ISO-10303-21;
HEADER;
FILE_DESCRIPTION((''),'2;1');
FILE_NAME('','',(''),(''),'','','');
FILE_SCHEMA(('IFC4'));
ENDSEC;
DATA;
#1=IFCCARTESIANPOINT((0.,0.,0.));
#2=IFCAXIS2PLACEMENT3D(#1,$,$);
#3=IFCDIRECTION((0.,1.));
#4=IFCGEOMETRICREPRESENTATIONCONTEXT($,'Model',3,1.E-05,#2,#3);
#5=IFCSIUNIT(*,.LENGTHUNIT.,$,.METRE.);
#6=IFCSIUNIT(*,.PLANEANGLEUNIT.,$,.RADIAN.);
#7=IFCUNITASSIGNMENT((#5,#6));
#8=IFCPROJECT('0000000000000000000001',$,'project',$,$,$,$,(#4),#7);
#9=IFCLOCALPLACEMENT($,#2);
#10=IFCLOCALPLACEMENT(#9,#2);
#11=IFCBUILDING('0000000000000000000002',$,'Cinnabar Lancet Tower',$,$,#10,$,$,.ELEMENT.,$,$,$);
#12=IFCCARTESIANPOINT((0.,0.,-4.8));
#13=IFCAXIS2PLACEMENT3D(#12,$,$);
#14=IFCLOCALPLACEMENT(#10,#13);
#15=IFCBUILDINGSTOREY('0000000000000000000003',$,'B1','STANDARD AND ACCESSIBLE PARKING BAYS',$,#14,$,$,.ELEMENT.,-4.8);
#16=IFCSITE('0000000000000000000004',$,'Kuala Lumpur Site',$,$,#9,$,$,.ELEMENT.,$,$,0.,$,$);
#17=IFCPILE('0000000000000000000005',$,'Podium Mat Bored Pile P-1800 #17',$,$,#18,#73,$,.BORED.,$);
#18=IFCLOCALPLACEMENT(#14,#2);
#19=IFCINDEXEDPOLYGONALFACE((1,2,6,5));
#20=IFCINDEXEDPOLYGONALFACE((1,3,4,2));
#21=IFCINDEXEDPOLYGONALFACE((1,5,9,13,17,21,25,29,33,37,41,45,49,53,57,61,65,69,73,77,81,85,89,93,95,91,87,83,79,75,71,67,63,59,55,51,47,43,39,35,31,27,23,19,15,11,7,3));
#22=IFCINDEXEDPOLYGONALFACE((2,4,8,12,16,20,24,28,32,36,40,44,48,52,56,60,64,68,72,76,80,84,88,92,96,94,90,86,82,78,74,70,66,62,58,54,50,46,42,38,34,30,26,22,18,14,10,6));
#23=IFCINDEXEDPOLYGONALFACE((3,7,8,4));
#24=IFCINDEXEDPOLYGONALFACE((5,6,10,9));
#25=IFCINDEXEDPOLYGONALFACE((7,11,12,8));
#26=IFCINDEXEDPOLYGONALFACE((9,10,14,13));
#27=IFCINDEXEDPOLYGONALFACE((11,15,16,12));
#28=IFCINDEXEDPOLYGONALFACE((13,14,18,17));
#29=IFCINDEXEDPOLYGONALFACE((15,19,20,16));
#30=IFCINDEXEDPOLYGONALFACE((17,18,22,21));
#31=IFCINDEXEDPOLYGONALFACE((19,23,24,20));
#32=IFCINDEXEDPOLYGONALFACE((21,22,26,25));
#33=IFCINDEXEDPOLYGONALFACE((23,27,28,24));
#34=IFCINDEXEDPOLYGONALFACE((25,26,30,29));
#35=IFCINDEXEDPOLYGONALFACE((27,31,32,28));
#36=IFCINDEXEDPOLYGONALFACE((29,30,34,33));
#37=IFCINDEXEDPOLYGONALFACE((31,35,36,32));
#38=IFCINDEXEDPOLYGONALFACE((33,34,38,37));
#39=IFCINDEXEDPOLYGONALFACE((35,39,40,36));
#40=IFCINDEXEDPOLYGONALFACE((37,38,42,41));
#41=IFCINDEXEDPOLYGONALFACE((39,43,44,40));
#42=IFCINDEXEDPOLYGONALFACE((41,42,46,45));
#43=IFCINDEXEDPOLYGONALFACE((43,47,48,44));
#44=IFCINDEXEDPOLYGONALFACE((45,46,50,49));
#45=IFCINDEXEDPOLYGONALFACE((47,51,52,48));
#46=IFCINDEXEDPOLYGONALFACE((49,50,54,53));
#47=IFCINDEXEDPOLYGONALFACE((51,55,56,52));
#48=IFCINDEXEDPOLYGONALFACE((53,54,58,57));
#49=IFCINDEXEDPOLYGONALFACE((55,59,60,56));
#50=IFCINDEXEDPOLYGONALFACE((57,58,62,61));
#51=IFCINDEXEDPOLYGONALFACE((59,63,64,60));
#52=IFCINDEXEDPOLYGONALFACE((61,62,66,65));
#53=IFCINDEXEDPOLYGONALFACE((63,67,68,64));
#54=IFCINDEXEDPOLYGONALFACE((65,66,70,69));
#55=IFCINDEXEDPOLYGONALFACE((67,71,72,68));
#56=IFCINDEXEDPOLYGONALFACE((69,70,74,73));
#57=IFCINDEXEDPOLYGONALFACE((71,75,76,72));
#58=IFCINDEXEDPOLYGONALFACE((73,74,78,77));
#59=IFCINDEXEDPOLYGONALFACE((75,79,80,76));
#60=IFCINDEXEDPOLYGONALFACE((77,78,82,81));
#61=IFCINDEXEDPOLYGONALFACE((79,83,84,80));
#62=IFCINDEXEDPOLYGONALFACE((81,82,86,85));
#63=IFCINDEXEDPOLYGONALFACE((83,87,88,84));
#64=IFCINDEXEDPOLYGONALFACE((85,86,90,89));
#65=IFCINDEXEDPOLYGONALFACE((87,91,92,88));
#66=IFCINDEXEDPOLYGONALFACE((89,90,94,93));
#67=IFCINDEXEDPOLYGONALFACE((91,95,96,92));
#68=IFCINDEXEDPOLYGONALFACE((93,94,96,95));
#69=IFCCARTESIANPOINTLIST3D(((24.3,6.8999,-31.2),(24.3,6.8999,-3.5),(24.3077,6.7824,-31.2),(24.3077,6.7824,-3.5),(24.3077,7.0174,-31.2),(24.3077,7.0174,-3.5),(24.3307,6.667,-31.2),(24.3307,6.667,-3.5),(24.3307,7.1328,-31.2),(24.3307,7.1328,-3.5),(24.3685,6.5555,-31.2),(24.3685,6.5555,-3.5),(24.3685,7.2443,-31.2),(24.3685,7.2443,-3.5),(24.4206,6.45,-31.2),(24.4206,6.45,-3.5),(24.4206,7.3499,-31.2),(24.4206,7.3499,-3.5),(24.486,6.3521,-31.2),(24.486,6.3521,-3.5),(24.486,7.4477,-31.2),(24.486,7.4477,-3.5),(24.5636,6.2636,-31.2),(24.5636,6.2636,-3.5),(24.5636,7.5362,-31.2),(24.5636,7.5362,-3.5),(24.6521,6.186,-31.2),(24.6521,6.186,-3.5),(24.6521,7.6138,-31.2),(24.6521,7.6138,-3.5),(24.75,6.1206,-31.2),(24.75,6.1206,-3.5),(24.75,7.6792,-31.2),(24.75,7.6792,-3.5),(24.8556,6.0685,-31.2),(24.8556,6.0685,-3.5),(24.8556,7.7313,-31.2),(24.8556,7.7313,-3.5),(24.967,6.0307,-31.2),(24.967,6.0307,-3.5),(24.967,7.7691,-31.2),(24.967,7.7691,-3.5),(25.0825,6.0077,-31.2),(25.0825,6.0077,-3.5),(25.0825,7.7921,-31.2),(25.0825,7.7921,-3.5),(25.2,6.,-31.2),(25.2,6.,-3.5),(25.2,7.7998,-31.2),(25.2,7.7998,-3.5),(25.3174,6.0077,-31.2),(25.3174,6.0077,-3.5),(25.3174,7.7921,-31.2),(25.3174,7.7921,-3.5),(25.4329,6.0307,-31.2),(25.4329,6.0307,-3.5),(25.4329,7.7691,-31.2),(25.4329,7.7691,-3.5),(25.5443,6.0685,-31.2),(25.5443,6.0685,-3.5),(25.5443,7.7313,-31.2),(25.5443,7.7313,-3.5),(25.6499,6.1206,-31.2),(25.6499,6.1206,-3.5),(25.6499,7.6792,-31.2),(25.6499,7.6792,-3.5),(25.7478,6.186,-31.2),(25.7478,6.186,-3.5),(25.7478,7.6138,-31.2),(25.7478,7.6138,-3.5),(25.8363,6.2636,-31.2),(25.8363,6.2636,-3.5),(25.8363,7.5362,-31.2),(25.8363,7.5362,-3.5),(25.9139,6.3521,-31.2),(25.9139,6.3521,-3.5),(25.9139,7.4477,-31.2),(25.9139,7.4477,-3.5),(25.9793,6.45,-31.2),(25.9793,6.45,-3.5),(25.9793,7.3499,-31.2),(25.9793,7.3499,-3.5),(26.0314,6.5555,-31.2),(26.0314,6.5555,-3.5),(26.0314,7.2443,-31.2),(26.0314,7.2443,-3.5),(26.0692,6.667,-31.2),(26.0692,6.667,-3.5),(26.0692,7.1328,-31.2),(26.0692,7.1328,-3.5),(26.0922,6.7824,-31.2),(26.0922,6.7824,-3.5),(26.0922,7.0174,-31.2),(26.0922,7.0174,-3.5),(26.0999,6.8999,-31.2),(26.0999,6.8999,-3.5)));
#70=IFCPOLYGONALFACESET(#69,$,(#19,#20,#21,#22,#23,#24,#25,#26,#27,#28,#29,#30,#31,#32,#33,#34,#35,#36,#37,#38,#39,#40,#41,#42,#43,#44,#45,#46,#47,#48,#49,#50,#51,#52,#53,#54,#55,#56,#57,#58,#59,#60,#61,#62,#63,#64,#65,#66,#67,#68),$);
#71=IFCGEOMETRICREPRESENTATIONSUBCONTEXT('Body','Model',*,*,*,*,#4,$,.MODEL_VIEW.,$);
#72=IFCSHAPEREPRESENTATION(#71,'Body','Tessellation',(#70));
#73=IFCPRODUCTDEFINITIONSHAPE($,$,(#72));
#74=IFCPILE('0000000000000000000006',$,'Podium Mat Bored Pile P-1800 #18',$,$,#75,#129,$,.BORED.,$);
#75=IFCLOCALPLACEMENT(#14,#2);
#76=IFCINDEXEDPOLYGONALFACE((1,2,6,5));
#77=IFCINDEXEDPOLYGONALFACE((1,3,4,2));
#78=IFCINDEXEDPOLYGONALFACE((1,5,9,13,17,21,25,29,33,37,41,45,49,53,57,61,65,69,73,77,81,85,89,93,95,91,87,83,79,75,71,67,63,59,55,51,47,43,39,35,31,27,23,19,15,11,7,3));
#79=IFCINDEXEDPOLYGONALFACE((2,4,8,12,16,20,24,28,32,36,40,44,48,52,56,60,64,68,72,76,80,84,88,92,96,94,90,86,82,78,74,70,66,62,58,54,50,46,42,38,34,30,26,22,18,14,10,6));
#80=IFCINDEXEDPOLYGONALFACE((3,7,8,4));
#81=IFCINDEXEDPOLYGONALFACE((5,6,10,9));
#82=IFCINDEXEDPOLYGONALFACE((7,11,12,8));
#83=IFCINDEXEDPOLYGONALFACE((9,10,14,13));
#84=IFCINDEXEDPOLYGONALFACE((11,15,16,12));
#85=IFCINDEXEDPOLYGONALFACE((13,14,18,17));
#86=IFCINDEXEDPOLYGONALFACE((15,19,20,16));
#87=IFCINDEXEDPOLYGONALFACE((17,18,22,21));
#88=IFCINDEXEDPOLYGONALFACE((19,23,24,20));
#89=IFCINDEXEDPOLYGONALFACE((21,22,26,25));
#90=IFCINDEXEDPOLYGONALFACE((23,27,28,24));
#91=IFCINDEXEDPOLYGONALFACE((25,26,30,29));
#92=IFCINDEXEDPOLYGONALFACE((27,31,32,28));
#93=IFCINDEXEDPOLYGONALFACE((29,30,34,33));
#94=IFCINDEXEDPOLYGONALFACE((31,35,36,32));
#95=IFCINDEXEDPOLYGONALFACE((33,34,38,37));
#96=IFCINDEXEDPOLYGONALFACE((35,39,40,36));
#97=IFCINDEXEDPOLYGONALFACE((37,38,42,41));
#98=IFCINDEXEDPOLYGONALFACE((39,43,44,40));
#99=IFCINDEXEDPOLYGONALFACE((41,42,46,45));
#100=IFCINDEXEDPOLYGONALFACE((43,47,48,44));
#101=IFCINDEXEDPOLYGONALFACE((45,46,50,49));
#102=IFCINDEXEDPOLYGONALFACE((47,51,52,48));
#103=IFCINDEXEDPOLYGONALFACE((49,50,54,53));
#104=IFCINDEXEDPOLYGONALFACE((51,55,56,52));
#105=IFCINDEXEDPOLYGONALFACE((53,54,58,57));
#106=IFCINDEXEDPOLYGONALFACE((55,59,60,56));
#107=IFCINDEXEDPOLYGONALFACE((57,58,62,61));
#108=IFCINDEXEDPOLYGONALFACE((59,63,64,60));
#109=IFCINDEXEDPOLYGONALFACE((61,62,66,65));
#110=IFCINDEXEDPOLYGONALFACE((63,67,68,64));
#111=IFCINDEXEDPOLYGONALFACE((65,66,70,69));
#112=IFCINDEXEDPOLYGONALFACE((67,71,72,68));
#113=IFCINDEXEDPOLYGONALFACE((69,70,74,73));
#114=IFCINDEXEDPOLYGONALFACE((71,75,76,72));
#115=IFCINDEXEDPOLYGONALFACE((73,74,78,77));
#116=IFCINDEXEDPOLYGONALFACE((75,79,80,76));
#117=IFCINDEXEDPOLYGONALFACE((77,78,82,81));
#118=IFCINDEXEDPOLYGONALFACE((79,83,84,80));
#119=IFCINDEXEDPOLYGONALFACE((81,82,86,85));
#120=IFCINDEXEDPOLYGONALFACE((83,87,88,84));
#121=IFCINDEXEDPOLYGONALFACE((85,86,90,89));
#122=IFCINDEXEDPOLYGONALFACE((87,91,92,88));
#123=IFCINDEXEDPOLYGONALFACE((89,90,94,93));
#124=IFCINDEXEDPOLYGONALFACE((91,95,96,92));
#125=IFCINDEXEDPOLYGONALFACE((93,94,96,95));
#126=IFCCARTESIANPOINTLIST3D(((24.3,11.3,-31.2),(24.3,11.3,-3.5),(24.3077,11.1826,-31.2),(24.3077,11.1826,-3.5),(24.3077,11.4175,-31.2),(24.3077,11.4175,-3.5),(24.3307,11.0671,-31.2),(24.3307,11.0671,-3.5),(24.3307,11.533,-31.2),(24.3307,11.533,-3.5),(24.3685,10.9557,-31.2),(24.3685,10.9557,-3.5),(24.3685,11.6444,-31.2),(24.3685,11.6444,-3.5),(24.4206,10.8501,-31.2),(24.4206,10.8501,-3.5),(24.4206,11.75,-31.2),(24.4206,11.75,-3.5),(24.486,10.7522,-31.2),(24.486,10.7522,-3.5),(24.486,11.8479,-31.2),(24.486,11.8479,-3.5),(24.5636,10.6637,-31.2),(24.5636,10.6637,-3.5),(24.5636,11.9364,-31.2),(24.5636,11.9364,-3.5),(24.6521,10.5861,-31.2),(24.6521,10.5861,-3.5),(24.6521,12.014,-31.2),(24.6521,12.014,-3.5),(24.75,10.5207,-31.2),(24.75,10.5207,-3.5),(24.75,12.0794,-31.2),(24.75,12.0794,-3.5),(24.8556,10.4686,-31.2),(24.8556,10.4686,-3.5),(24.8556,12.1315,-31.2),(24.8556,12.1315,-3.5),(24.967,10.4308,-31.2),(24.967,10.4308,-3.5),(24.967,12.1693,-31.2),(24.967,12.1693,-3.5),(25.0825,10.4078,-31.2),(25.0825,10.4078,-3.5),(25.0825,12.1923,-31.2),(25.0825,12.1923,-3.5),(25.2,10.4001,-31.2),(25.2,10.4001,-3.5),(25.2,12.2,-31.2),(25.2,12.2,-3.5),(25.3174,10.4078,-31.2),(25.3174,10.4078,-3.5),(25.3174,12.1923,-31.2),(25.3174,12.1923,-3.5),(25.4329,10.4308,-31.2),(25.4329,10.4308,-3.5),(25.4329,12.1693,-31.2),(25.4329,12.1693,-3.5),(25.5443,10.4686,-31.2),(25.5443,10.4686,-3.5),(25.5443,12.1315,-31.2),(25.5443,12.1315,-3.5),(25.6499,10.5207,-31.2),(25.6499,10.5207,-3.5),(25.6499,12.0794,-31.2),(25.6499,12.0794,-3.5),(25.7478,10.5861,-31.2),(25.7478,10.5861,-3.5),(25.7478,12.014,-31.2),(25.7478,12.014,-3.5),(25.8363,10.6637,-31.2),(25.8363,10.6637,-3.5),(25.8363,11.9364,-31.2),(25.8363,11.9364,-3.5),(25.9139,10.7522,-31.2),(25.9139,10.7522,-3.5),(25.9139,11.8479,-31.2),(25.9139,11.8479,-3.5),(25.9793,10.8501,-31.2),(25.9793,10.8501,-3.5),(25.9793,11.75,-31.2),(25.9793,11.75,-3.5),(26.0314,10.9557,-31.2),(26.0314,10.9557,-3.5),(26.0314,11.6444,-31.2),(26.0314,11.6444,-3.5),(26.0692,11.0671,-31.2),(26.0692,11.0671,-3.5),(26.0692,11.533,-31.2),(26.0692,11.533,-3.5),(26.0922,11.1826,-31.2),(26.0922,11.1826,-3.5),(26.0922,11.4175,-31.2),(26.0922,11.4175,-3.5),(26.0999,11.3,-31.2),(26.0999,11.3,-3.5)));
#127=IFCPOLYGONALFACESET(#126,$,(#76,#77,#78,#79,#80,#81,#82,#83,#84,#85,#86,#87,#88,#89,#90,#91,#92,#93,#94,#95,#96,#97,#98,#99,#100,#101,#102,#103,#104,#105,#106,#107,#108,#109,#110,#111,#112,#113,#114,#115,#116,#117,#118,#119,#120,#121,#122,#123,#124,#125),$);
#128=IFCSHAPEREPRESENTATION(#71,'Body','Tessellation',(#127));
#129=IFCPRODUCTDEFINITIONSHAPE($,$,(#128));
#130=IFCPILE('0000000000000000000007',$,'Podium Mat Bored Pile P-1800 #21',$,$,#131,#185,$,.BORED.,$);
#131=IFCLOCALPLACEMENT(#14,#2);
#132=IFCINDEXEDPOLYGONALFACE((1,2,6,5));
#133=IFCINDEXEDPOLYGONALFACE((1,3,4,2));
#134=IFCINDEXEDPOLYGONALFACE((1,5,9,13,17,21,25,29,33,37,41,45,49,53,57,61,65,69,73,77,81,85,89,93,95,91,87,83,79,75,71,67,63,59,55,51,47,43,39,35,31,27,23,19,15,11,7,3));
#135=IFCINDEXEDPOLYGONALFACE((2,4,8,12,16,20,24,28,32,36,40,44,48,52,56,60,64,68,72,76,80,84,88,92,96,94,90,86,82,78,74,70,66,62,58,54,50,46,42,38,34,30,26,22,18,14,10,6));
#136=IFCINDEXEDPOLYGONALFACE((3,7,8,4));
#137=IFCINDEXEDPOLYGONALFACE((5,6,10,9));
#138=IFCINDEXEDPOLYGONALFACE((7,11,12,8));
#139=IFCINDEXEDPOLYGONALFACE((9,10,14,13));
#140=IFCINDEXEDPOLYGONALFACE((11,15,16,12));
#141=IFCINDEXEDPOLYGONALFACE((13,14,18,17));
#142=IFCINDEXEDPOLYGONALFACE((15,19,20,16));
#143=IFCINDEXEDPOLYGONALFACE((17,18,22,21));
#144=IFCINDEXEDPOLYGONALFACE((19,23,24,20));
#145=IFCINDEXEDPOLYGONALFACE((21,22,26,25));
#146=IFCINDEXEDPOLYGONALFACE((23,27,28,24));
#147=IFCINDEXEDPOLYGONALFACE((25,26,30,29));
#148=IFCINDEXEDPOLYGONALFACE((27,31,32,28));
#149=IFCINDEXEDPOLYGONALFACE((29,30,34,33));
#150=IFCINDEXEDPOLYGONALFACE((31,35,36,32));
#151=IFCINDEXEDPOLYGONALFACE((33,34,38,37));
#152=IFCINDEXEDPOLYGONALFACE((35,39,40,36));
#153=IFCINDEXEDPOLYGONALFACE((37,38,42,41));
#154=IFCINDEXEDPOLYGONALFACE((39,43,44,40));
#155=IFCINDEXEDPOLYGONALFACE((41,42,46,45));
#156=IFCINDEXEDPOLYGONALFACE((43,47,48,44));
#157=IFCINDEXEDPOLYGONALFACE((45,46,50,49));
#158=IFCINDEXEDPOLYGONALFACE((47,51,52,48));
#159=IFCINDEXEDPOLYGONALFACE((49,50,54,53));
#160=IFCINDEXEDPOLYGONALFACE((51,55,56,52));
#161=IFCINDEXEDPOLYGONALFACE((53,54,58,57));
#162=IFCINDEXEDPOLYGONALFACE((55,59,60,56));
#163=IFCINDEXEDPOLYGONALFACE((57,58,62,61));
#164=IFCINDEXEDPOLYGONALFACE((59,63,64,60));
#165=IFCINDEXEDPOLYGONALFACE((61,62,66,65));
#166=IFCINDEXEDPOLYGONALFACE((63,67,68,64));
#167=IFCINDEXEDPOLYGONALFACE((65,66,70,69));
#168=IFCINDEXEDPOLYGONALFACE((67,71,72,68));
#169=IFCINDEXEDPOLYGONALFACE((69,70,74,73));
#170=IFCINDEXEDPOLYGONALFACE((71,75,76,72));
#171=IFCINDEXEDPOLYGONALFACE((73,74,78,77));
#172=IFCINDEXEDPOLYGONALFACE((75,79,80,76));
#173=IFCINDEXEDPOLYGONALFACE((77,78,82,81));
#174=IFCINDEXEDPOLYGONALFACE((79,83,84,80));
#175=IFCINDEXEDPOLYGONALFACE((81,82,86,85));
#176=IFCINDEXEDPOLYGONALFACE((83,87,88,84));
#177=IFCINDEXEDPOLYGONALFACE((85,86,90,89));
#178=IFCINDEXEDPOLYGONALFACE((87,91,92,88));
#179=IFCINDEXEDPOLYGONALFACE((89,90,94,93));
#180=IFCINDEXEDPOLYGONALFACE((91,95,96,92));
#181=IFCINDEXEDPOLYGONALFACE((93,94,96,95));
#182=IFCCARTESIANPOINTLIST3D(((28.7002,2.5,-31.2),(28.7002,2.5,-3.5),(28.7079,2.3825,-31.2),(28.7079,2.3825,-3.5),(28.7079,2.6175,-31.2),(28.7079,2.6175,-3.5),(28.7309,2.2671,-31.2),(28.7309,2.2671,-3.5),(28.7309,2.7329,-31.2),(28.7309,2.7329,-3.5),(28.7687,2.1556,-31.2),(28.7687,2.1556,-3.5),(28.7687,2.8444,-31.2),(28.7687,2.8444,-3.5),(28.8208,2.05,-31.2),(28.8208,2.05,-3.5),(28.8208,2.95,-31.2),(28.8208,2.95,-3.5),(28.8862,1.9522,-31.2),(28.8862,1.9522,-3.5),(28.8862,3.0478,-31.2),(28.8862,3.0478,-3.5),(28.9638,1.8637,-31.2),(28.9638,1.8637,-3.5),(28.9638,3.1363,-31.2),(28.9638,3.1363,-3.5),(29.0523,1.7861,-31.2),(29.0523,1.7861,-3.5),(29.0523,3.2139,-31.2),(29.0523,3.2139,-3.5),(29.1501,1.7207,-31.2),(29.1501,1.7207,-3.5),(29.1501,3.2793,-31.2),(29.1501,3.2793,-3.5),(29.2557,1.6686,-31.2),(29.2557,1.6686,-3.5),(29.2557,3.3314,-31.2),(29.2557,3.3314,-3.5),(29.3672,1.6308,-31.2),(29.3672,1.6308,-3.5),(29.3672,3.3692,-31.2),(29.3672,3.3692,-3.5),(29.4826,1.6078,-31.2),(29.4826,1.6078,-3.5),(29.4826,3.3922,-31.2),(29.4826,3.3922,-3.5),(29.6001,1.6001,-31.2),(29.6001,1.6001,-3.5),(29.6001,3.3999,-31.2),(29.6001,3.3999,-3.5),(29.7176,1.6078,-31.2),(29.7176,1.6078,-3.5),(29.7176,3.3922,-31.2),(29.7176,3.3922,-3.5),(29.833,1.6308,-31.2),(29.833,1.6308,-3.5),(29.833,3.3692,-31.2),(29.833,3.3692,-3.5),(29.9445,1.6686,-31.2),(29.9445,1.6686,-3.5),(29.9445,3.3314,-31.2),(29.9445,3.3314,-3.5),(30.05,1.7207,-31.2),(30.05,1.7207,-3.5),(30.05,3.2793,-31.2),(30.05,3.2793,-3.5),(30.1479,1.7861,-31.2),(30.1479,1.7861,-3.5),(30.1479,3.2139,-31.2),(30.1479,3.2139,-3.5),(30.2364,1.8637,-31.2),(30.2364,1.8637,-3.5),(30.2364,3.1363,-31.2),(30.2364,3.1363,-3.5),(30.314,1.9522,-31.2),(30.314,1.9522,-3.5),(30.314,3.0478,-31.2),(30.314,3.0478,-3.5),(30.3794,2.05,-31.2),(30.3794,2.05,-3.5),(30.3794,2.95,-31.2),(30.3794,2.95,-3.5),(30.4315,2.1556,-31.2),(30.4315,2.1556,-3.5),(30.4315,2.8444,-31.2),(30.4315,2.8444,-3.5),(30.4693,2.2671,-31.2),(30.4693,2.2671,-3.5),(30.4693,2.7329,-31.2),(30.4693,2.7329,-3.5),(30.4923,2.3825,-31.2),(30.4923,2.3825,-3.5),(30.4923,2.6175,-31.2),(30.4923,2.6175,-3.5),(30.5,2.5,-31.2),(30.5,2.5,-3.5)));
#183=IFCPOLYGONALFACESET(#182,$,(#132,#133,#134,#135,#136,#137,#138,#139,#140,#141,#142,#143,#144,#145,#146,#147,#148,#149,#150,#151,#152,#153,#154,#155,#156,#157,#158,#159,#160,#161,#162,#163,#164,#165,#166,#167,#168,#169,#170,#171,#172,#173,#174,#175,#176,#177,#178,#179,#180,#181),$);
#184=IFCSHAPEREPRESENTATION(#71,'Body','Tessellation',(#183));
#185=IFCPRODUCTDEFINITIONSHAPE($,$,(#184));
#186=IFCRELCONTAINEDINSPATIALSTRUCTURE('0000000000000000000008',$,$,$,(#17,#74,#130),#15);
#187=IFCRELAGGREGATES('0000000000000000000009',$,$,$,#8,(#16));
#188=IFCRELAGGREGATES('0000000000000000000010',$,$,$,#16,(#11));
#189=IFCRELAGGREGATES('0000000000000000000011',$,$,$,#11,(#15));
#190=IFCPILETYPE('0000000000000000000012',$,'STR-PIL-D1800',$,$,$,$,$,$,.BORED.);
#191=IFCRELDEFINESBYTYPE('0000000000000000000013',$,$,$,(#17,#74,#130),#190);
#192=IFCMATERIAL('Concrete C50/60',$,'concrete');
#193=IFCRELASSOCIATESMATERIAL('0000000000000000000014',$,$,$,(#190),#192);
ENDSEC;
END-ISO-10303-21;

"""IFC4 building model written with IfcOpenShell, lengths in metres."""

from ifc_helpers import new_model, si_unit, direction, frame, origin, origin_2d, place, context, subcontext, project, spatial, circle, extrude, material, material_profile, profile_set, type_object, element, save


model = new_model("IFC4")

# Units and contexts
model_context = context("Model", 3, precision=1e-05, world=origin(), true_north=direction((0.0, 1.0)))
body_context = subcontext(model_context, "Body", "Model", "MODEL_VIEW")
ifc_project = project(units=[si_unit("LENGTHUNIT", "METRE"), si_unit("PLANEANGLEUNIT", "RADIAN")], contexts=[model_context])

# Site, building, storey
site_placement = place(None, origin())
site = spatial("IfcSite", under=ifc_project, at=site_placement, Name="Kuala Lumpur Site", CompositionType="ELEMENT", RefElevation=0.0)
building_placement = place(site_placement, origin())
building = spatial("IfcBuilding", under=site, at=building_placement, Name="Cinnabar Lancet Tower", CompositionType="ELEMENT")
storey_placement = place(building_placement, frame((0.0, 0.0, -4.8)))
storey = spatial("IfcBuildingStorey", under=building, at=storey_placement, Name="B1", Description="STANDARD AND ACCESSIBLE PARKING BAYS", CompositionType="ELEMENT", Elevation=-4.8)

# Piles
ifc_material_1 = material(Name="Concrete C50/60", Category="concrete")
ifc_material_profile_1 = material_profile(ifc_material_1, circle(Radius=0.8999, at=origin_2d()), Name="PILE D1800")
ifc_profile_set_1 = profile_set([ifc_material_profile_1], Name="Concrete C50/60")
pile_type_1 = type_object("IfcPileType", Name="STR-PIL-D1800", PredefinedType="BORED", material=ifc_profile_set_1)
for number, where, z_axis, x_axis, name in (
    (1, (25.2, 6.8999, -3.5), (0.0, 0.0, -1.0), (1.0, 0.0, 0.0), "Podium Mat Bored Pile P-1800 #17"),
    (2, (25.2, 11.3, -3.5), (0.0, 0.0, -1.0), (1.0, 0.0, 0.0), "Podium Mat Bored Pile P-1800 #18"),
    (3, (29.6001, 2.5, -3.5), (0.0, 0.0, -1.0), (1.0, 0.0, 0.0), "Podium Mat Bored Pile P-1800 #21"),
):
    element("IfcPile", number, at=place(storey_placement, frame(where, z_axis=z_axis, x_axis=x_axis)), inside=storey, type_object=pile_type_1, Name=name, PredefinedType="BORED", context=body_context, shape_type="SweptSolid", body=[
        extrude(circle(Radius=0.8999, at=origin_2d()), origin(), (0.0, 0.0, 1.0), 27.7),
    ])

save(model, "model.ifc")
